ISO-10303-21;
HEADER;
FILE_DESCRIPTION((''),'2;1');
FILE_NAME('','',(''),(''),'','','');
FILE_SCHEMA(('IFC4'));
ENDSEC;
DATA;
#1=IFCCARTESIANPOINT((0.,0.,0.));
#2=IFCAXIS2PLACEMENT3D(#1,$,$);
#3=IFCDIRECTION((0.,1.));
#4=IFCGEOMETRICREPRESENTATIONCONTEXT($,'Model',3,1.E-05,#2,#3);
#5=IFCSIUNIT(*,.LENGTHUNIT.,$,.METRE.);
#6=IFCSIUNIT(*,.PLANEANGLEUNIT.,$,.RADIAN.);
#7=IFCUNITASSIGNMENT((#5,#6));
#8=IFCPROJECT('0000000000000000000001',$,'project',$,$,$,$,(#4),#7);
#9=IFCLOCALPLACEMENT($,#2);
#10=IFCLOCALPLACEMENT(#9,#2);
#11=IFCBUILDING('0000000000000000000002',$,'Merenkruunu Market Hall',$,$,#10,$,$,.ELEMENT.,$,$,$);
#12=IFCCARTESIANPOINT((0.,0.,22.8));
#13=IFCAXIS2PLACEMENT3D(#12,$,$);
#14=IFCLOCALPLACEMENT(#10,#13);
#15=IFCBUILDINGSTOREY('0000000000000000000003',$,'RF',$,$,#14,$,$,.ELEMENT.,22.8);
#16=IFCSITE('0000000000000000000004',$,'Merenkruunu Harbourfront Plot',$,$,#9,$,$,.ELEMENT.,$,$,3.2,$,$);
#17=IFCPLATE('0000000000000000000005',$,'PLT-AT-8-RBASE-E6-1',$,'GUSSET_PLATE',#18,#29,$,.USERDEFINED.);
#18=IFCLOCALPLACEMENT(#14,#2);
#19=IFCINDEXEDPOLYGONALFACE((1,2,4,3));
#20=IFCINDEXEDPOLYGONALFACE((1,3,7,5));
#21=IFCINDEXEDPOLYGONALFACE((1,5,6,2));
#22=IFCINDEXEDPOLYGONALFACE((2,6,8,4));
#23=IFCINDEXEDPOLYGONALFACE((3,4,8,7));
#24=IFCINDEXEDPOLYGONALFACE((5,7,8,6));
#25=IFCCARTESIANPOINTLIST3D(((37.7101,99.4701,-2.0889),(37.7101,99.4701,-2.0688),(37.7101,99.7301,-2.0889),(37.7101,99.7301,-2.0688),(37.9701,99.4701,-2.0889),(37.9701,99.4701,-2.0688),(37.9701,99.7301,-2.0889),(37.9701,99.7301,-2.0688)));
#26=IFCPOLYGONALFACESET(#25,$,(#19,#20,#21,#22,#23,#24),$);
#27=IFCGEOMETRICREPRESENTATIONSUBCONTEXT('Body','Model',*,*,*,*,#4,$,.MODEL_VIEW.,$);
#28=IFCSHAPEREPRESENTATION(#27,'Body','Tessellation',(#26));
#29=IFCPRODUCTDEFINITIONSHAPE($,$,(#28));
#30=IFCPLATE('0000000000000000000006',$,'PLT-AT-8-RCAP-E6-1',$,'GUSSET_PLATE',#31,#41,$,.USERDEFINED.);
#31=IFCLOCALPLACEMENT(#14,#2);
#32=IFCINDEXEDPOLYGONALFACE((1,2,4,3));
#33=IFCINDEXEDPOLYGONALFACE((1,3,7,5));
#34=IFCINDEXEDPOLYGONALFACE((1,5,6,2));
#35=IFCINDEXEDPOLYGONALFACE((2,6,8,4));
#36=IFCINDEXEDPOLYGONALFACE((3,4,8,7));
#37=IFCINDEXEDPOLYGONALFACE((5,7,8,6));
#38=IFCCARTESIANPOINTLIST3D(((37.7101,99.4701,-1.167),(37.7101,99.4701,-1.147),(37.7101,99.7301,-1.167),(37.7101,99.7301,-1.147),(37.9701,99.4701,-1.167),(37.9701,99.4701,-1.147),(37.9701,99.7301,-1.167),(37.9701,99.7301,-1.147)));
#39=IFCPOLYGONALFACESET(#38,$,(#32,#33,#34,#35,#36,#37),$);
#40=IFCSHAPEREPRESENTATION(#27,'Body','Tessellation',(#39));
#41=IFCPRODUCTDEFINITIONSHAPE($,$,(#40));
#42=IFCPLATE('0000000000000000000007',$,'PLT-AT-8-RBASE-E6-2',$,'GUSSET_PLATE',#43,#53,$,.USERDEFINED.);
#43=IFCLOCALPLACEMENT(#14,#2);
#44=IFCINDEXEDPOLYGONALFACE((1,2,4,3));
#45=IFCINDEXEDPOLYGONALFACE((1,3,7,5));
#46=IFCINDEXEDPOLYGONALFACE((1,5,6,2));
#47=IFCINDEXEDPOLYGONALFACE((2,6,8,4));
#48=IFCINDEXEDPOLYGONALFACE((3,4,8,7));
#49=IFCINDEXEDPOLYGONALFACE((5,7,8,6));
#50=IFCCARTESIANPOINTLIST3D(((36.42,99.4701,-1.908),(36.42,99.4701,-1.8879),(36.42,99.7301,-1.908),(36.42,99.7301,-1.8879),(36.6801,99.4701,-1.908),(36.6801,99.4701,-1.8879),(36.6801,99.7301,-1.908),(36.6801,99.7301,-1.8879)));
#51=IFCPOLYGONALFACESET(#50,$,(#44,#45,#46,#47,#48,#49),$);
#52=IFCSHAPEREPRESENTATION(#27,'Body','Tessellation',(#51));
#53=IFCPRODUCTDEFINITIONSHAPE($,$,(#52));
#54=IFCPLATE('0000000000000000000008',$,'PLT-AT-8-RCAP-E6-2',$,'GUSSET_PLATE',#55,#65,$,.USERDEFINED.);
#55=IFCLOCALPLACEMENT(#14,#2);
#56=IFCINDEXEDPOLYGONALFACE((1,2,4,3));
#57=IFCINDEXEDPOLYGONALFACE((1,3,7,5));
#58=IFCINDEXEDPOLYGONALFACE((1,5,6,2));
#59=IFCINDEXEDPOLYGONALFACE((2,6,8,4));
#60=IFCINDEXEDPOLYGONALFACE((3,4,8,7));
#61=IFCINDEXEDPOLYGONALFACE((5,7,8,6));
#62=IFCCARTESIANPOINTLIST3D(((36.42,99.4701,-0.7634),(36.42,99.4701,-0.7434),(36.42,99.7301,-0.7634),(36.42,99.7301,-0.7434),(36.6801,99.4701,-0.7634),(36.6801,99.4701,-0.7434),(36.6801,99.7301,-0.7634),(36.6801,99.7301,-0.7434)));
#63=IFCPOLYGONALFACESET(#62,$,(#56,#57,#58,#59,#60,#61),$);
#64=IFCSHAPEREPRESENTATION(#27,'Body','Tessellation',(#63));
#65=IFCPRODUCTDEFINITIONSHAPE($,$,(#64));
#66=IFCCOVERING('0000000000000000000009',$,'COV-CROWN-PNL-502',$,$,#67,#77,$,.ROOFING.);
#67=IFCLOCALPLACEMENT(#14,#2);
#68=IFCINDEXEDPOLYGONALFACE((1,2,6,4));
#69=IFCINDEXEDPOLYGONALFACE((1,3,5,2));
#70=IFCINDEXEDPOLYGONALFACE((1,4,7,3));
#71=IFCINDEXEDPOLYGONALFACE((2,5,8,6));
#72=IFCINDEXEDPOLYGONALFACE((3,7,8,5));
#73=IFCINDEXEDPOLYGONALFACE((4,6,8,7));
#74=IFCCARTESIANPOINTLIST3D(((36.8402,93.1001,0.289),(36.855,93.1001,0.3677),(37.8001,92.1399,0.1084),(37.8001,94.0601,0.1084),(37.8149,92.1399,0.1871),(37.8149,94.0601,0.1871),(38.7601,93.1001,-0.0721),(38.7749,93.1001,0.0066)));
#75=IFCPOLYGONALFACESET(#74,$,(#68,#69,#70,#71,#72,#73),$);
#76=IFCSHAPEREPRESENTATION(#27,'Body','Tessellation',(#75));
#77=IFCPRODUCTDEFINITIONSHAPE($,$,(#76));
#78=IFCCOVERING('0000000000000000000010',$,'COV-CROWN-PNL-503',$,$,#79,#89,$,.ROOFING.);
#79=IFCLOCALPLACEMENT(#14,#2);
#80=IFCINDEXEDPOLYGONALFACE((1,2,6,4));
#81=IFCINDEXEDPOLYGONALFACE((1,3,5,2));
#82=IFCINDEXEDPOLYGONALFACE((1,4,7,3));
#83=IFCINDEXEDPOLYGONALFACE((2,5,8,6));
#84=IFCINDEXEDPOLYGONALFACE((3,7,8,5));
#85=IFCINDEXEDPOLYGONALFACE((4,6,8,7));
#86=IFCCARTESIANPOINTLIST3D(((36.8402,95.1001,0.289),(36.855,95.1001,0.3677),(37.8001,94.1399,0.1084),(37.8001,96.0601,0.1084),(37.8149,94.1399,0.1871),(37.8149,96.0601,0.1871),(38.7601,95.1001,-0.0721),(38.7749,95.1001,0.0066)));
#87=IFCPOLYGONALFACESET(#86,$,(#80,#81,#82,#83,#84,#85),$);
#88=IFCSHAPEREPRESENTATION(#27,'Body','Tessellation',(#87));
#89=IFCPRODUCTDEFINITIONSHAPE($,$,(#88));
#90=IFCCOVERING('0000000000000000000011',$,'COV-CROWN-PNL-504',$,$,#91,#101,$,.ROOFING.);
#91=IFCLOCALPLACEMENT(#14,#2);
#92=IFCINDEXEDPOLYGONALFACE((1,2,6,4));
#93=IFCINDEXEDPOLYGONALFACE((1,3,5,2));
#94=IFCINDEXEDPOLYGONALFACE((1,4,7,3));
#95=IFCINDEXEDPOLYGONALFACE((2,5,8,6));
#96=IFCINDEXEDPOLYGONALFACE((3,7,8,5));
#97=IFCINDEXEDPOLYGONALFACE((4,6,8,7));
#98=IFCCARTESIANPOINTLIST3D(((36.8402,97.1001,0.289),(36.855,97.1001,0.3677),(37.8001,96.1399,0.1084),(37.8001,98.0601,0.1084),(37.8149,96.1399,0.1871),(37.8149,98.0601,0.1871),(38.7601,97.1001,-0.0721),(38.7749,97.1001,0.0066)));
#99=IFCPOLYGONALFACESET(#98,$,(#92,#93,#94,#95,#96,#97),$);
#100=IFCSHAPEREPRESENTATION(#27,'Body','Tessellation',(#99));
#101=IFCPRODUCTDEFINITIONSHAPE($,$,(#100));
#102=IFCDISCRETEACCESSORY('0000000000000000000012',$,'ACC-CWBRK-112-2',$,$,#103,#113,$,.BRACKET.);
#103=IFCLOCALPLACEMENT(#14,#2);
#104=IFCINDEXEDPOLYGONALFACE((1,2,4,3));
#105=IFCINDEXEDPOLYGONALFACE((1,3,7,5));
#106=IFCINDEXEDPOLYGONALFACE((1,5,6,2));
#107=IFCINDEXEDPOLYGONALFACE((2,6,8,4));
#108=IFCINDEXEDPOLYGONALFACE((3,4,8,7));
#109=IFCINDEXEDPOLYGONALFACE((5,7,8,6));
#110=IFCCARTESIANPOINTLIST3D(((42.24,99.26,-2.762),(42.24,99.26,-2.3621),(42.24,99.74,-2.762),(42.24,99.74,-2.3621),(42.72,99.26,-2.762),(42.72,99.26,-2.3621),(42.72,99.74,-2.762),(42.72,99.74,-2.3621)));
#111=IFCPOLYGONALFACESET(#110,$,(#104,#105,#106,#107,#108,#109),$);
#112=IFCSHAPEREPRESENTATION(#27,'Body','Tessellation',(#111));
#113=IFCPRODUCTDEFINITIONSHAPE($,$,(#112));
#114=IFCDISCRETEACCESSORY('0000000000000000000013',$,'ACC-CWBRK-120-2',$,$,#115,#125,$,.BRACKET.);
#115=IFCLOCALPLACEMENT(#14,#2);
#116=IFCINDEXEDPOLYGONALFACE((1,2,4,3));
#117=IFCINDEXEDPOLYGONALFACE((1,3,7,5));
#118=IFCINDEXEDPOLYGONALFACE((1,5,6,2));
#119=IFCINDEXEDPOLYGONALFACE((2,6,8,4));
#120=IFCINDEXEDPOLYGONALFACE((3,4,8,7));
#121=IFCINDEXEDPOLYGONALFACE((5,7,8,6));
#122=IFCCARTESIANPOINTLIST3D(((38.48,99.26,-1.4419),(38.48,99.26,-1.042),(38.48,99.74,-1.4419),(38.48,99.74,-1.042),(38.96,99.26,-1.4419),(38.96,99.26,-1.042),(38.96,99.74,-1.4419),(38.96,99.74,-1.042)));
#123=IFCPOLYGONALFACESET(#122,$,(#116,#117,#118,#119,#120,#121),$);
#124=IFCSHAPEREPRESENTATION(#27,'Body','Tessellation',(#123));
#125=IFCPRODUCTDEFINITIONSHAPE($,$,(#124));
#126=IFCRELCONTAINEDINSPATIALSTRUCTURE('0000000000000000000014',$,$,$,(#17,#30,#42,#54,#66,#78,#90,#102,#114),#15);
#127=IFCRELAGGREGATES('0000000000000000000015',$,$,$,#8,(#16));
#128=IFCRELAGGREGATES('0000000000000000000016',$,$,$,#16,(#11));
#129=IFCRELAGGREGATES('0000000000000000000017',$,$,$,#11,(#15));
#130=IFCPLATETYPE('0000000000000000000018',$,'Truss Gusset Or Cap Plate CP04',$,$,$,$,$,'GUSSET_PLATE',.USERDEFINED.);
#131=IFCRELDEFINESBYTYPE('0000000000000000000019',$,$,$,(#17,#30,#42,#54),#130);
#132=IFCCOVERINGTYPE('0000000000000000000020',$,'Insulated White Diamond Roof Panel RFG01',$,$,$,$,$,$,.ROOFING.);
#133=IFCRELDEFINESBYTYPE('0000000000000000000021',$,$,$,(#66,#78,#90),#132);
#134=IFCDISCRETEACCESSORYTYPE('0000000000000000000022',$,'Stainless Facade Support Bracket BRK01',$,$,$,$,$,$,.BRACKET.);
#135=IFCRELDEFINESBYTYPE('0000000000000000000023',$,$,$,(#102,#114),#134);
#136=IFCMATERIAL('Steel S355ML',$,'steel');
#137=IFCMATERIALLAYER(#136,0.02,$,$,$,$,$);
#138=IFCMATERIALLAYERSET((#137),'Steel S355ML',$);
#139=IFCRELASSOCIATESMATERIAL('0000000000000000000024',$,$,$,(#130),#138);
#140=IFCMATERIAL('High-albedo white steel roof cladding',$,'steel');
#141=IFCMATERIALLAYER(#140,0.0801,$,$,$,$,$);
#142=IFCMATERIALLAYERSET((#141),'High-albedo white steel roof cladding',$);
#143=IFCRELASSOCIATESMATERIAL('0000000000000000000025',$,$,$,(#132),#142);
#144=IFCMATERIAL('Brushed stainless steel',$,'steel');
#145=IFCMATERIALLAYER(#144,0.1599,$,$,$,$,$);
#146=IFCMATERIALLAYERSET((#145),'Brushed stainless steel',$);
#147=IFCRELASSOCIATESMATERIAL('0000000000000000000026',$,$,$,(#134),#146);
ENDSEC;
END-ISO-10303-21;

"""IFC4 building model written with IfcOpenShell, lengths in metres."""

from ifc_helpers import new_model, si_unit, direction, frame, origin, origin_2d, place, context, subcontext, project, spatial, polyline, rectangle, outline, extrude, material, layer, layer_set, type_object, element, save


model = new_model("IFC4")

# Units and contexts
model_context = context("Model", 3, precision=1e-05, world=origin(), true_north=direction((0.0, 1.0)))
body_context = subcontext(model_context, "Body", "Model", "MODEL_VIEW")
ifc_project = project(units=[si_unit("LENGTHUNIT", "METRE"), si_unit("PLANEANGLEUNIT", "RADIAN")], contexts=[model_context])

# Site, building, storey
site_placement = place(None, origin())
site = spatial("IfcSite", under=ifc_project, at=site_placement, Name="Merenkruunu Harbourfront Plot", CompositionType="ELEMENT", RefElevation=3.2)
building_placement = place(site_placement, origin())
building = spatial("IfcBuilding", under=site, at=building_placement, Name="Merenkruunu Market Hall", CompositionType="ELEMENT")
storey_placement = place(building_placement, frame((0.0, 0.0, 22.8)))
storey = spatial("IfcBuildingStorey", under=building, at=storey_placement, Name="RF", CompositionType="ELEMENT", Elevation=22.8)

# Shared definitions
ifc_material_1 = material(Name="Steel S355ML", Category="steel")

# Plates
ifc_layer_1 = layer(ifc_material_1, 0.02)
ifc_layer_set_1 = layer_set([ifc_layer_1], Name="Steel S355ML")
plate_type_1 = type_object("IfcPlateType", Name="Truss Gusset Or Cap Plate CP04", ElementType="GUSSET_PLATE", PredefinedType="USERDEFINED", material=ifc_layer_set_1)
for number, where, z_axis, x_axis, name in (
    (1, (37.8401, 99.6001, -2.0889), (0.0, 0.0, 1.0), (1.0, 0.0, 0.0), "PLT-AT-8-RBASE-E6-1"),
    (2, (37.8401, 99.6001, -1.167), (0.0, 0.0, 1.0), (1.0, 0.0, 0.0), "PLT-AT-8-RCAP-E6-1"),
    (3, (36.55, 99.6001, -1.908), (0.0, 0.0, 1.0), (1.0, 0.0, 0.0), "PLT-AT-8-RBASE-E6-2"),
    (4, (36.55, 99.6001, -0.7634), (0.0, 0.0, 1.0), (1.0, 0.0, 0.0), "PLT-AT-8-RCAP-E6-2"),
):
    element("IfcPlate", number, at=place(storey_placement, frame(where, z_axis=z_axis, x_axis=x_axis)), inside=storey, type_object=plate_type_1, Name=name, ObjectType="GUSSET_PLATE", PredefinedType="USERDEFINED", context=body_context, shape_type="SweptSolid", body=[
        extrude(rectangle(XDim=0.26, YDim=0.26, at=origin_2d()), origin(), (0.0, 0.0, 1.0), 0.02),
    ])

# Coverings
ifc_material_2 = material(Name="High-albedo white steel roof cladding", Category="steel")
ifc_layer_2 = layer(ifc_material_2, 0.0801)
ifc_layer_set_2 = layer_set([ifc_layer_2], Name="High-albedo white steel roof cladding")
covering_type = type_object("IfcCoveringType", Name="Insulated White Diamond Roof Panel RFG01", PredefinedType="ROOFING", material=ifc_layer_set_2)
for number, where, z_axis, x_axis, name in (
    (5, (36.855, 93.1001, 0.3677), (0.184832, 0.0, 0.98277), (0.70084, -0.701035, -0.131809), "COV-CROWN-PNL-502"),
    (6, (36.855, 95.1001, 0.3677), (0.184832, 0.0, 0.98277), (0.70084, -0.701035, -0.131809), "COV-CROWN-PNL-503"),
    (7, (36.855, 97.1001, 0.3677), (0.184832, 0.0, 0.98277), (0.70084, -0.701035, -0.131809), "COV-CROWN-PNL-504"),
):
    element("IfcCovering", number, at=place(storey_placement, frame(where, z_axis=z_axis, x_axis=x_axis)), inside=storey, type_object=covering_type, Name=name, PredefinedType="ROOFING", context=body_context, shape_type="SweptSolid", body=[
        extrude(outline(polyline([(0.0, 0.0), (1.3697, 0.0), (1.3932, 1.3695), (0.0236, 1.3693), (0.0, 0.0)])), origin(), (0.0, 0.0, -1.0), 0.0801),
    ])

# Discrete accessories
ifc_material_3 = material(Name="Brushed stainless steel", Category="steel")
ifc_layer_3 = layer(ifc_material_3, 0.1599)
ifc_layer_set_3 = layer_set([ifc_layer_3], Name="Brushed stainless steel")
discrete_accessory_type = type_object("IfcDiscreteAccessoryType", Name="Stainless Facade Support Bracket BRK01", PredefinedType="BRACKET", material=ifc_layer_set_3)
for number, where, z_axis, x_axis, name in (
    (8, (42.48, 99.5, -2.762), (0.0, 0.0, 1.0), (1.0, 0.0, 0.0), "ACC-CWBRK-112-2"),
    (9, (38.72, 99.5, -1.4419), (0.0, 0.0, 1.0), (1.0, 0.0, 0.0), "ACC-CWBRK-120-2"),
):
    element("IfcDiscreteAccessory", number, at=place(storey_placement, frame(where, z_axis=z_axis, x_axis=x_axis)), inside=storey, type_object=discrete_accessory_type, Name=name, PredefinedType="BRACKET", context=body_context, shape_type="SweptSolid", body=[
        extrude(rectangle(XDim=0.48, YDim=0.48, at=origin_2d()), origin(), (0.0, 0.0, 1.0), 0.3999),
    ])

save(model, "model.ifc")
